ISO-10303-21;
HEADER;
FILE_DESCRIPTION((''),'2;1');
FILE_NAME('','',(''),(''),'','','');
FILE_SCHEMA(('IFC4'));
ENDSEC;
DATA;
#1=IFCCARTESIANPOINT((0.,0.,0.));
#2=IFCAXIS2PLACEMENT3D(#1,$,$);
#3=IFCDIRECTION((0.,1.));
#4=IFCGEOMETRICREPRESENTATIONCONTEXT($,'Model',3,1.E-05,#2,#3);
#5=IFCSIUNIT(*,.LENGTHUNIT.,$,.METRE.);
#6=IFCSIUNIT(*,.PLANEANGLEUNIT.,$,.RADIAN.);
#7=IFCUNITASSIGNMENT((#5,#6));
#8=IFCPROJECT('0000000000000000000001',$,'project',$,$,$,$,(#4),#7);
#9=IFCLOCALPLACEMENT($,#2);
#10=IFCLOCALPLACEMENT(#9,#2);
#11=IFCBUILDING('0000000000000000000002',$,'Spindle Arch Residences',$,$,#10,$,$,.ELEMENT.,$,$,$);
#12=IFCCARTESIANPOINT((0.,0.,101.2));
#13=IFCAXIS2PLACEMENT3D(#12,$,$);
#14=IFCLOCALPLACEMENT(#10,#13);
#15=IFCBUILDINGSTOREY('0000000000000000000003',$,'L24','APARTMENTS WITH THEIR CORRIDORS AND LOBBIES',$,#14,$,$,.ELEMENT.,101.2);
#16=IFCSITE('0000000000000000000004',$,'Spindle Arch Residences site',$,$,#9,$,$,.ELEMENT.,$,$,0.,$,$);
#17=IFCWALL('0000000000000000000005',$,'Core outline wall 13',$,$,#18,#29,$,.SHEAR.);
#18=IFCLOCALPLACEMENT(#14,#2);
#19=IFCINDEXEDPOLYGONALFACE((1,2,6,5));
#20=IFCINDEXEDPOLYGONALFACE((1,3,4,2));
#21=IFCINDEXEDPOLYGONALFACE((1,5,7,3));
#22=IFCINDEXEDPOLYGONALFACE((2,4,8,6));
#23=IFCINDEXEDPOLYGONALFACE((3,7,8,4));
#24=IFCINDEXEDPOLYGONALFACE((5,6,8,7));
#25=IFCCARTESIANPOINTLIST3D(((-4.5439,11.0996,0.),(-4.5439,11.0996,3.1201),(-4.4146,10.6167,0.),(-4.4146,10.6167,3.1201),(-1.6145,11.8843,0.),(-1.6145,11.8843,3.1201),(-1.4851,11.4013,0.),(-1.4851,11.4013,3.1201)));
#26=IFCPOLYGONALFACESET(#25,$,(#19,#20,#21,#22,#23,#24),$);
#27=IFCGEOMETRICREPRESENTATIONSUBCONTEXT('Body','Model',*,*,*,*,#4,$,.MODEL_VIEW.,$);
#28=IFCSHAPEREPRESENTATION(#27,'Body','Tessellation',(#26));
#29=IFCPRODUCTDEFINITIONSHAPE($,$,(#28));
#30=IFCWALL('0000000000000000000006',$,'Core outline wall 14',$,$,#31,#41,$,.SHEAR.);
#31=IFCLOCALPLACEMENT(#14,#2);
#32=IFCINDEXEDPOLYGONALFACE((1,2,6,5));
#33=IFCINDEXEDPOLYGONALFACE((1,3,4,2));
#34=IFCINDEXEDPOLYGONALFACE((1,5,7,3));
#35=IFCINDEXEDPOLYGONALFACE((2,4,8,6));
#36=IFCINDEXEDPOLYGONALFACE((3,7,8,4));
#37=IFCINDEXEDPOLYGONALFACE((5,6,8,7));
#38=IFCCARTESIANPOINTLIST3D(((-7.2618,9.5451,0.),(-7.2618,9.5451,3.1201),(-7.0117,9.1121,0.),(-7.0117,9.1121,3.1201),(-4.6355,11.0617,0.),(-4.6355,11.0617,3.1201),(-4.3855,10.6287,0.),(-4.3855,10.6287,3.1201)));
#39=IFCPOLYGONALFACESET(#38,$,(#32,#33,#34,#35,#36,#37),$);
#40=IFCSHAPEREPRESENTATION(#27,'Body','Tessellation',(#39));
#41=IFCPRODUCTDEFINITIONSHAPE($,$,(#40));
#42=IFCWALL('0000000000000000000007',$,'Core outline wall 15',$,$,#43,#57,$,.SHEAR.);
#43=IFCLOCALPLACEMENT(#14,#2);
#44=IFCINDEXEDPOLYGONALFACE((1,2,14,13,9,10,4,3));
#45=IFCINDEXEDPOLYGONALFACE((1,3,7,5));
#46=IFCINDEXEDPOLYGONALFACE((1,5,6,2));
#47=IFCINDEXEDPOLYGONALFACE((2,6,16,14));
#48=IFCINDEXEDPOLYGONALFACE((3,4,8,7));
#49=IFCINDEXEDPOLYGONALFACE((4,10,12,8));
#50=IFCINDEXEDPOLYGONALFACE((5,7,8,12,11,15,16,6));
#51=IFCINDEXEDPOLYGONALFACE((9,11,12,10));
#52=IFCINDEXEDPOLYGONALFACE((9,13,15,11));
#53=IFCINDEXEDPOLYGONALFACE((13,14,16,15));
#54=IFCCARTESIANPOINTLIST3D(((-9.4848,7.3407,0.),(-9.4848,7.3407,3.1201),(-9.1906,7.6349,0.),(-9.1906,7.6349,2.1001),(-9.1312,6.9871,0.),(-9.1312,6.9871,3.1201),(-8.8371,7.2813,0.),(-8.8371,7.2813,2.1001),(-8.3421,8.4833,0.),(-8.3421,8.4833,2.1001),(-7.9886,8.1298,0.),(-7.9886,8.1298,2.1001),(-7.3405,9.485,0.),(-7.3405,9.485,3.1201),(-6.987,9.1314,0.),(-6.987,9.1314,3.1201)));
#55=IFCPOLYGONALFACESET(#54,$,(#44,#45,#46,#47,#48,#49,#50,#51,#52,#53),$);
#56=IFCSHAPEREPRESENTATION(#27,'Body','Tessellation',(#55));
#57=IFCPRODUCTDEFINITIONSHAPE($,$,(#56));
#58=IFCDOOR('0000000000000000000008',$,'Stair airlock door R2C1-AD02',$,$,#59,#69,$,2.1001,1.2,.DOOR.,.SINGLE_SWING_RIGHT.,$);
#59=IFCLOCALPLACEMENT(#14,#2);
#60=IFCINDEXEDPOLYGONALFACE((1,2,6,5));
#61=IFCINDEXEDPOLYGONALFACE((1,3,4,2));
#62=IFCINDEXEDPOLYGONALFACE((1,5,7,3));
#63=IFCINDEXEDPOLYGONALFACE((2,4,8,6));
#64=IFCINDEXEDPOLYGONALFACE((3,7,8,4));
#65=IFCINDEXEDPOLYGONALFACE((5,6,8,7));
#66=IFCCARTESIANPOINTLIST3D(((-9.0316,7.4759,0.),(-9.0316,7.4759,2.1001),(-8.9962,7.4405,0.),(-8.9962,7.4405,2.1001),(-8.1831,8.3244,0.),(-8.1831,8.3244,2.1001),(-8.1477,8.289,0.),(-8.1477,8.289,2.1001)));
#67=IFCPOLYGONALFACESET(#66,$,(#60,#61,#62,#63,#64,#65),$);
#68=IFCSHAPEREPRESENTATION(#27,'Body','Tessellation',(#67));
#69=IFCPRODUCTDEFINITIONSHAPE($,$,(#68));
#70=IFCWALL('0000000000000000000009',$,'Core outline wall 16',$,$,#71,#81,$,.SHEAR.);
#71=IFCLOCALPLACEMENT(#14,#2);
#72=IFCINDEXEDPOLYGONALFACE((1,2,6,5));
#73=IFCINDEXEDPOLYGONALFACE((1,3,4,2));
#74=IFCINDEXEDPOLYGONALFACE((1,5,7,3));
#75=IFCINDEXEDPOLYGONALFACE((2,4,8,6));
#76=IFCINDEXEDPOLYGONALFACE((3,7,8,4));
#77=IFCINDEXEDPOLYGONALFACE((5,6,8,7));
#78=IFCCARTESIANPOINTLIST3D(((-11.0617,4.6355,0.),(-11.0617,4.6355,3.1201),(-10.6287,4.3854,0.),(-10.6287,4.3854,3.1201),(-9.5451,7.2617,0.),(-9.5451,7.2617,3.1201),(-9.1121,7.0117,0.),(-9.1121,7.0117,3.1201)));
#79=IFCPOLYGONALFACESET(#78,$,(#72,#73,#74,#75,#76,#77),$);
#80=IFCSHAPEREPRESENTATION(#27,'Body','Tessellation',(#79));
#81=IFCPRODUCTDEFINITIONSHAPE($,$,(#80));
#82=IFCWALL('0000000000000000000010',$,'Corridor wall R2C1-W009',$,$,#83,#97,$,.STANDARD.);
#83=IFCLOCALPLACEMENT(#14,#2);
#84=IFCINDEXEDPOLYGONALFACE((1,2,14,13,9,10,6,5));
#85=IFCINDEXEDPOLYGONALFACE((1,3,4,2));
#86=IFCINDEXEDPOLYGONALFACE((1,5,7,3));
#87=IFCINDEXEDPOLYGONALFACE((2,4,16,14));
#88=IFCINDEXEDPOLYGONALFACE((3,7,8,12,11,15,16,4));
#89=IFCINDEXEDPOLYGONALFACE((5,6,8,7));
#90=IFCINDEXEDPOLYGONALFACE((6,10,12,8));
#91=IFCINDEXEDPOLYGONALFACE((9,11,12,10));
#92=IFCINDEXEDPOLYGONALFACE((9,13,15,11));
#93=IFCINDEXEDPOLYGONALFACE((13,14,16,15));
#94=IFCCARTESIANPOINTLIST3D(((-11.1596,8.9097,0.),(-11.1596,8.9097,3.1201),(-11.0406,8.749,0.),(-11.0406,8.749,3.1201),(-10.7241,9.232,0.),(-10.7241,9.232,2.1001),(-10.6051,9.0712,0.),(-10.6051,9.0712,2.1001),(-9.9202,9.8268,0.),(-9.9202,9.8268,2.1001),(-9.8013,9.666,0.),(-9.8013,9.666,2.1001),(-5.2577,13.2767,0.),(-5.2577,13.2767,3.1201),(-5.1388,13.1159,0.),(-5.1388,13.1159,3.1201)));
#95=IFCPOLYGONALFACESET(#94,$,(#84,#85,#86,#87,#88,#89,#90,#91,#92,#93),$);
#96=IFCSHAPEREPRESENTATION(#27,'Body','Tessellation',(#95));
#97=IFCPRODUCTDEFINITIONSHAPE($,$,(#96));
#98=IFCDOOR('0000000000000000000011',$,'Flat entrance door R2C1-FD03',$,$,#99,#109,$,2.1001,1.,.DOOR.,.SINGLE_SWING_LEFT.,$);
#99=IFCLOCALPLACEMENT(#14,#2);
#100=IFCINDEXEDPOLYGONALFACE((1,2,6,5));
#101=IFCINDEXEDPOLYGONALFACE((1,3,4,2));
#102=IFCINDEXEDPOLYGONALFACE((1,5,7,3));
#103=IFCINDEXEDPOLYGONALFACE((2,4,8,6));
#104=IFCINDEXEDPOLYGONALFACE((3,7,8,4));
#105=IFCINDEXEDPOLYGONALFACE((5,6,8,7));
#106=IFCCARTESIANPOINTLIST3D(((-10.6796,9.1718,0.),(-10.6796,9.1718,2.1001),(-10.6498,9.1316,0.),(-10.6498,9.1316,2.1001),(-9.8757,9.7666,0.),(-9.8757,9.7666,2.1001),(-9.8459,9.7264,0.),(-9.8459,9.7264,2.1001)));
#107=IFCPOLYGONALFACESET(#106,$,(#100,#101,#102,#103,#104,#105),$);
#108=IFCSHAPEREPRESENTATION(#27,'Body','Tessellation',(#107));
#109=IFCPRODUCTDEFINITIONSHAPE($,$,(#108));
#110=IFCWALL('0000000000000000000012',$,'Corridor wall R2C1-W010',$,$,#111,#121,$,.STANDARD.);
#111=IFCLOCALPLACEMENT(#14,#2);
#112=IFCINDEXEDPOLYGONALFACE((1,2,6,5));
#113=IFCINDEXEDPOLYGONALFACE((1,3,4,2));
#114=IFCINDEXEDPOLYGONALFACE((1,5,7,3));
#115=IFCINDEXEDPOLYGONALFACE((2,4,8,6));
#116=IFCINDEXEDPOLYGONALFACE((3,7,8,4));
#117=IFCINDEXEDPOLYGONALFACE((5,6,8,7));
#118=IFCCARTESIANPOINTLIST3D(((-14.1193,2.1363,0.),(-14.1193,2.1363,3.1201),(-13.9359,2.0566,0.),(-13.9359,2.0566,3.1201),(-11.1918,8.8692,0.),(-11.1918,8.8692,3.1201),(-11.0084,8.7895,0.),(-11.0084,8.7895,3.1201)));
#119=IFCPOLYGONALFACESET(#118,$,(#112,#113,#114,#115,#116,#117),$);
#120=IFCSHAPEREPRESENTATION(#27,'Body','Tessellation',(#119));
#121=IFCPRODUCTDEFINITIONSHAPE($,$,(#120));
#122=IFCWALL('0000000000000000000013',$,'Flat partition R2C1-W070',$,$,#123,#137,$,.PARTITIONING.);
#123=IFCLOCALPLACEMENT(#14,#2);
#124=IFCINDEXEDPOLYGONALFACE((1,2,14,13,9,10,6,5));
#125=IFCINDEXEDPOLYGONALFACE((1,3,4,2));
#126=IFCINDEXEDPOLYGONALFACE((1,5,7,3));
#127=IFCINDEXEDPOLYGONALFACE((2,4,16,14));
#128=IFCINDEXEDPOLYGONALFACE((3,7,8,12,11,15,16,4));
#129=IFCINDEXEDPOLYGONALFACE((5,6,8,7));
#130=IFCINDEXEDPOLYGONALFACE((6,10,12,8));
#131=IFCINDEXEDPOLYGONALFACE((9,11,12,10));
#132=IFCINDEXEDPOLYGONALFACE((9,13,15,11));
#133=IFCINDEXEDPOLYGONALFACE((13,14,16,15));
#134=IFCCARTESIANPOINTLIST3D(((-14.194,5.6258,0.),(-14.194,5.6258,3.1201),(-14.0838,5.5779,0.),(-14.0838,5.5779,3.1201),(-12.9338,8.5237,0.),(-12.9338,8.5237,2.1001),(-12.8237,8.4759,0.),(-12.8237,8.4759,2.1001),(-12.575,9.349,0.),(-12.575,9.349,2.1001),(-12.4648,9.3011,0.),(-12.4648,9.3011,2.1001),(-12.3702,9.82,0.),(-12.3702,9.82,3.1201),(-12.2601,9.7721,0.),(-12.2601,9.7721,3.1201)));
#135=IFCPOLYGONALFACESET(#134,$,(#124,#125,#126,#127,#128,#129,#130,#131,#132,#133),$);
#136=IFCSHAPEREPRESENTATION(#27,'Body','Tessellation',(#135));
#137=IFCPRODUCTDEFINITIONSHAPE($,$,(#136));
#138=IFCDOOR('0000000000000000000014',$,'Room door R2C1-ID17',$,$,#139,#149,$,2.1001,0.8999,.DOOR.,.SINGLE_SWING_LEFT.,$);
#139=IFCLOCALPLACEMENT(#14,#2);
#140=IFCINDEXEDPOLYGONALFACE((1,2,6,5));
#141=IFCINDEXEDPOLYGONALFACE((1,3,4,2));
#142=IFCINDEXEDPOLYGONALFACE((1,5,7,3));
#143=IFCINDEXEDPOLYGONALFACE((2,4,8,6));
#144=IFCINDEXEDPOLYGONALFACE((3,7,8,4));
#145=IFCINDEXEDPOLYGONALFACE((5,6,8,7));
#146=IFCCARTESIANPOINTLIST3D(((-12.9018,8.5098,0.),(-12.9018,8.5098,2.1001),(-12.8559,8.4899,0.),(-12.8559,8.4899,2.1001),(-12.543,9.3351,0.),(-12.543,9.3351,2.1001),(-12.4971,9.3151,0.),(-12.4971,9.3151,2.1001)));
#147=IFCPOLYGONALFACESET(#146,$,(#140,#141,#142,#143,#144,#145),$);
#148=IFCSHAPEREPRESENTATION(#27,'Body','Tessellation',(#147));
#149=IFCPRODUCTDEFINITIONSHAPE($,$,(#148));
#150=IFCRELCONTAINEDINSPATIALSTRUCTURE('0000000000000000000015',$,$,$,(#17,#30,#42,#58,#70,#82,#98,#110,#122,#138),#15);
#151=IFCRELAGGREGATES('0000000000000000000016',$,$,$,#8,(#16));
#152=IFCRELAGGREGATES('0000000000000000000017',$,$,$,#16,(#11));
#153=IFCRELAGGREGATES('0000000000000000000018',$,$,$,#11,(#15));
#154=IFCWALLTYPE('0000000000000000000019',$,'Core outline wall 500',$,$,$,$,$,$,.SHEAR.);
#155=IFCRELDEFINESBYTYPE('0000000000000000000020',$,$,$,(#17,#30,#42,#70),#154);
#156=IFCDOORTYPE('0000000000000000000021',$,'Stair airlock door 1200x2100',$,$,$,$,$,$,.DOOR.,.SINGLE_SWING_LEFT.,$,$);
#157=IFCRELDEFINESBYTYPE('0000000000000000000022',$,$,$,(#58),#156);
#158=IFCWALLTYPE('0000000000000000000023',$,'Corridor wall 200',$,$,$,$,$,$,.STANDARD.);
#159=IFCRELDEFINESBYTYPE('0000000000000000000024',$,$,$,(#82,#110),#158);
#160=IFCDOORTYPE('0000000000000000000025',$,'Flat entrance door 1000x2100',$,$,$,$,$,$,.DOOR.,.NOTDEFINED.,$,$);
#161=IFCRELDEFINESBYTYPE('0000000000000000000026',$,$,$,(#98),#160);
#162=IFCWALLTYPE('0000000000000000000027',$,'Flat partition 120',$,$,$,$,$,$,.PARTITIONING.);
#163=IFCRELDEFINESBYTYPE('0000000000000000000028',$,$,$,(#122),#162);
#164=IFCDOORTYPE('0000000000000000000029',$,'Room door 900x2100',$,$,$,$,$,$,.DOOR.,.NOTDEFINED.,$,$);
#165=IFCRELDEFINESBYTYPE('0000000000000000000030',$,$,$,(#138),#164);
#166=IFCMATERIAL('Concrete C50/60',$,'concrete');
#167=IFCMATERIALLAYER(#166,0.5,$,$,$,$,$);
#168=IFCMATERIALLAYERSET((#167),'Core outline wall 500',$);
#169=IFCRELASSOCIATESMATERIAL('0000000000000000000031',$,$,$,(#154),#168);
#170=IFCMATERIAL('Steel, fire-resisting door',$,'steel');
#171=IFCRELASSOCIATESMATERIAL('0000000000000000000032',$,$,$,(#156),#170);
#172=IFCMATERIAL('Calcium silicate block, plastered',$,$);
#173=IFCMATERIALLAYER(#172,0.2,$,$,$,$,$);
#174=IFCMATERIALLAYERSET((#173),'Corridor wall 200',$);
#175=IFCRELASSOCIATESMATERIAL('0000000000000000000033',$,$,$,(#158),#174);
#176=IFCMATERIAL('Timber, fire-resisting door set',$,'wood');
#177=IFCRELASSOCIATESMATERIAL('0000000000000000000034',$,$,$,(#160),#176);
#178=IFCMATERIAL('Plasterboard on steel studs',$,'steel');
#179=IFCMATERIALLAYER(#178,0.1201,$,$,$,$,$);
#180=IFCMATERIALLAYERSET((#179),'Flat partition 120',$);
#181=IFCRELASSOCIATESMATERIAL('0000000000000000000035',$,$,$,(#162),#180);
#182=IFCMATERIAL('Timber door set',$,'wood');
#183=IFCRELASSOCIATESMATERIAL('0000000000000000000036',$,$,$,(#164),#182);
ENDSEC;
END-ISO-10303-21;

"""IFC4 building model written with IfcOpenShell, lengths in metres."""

from ifc_helpers import new_model, si_unit, direction, frame, frame_2d, origin, place, context, subcontext, project, spatial, rectangle, extrude, material, layer, layer_set, type_object, element, fill, save


model = new_model("IFC4")

# Units and contexts
model_context = context("Model", 3, precision=1e-05, world=origin(), true_north=direction((0.0, 1.0)))
body_context = subcontext(model_context, "Body", "Model", "MODEL_VIEW")
ifc_project = project(units=[si_unit("LENGTHUNIT", "METRE"), si_unit("PLANEANGLEUNIT", "RADIAN")], contexts=[model_context])

# Site, building, storey
site_placement = place(None, origin())
site = spatial("IfcSite", under=ifc_project, at=site_placement, Name="Spindle Arch Residences site", CompositionType="ELEMENT", RefElevation=0.0)
building_placement = place(site_placement, origin())
building = spatial("IfcBuilding", under=site, at=building_placement, Name="Spindle Arch Residences", CompositionType="ELEMENT")
storey_placement = place(building_placement, frame((0.0, 0.0, 101.2)))
storey = spatial("IfcBuildingStorey", under=building, at=storey_placement, Name="L24", Description="APARTMENTS WITH THEIR CORRIDORS AND LOBBIES", CompositionType="ELEMENT", Elevation=101.2)

# Walls
ifc_material_1 = material(Name="Concrete C50/60", Category="concrete")
ifc_layer_1 = layer(ifc_material_1, 0.5)
ifc_layer_set_1 = layer_set([ifc_layer_1], Name="Core outline wall 500")
wall_type_1 = type_object("IfcWallType", Name="Core outline wall 500", PredefinedType="SHEAR", material=ifc_layer_set_1)
for number, where, z_axis, x_axis, name in (
    (1, (-1.5498, 11.6428, 0.0), (0.0, 0.0, 1.0), (-0.965948, -0.258735, 0.0), "Core outline wall 13"),
    (2, (-4.5105, 10.8452, 0.0), (0.0, 0.0, 1.0), (-0.865975, -0.500087, 0.0), "Core outline wall 14"),
):
    element("IfcWall", number, at=place(storey_placement, frame(where, z_axis=z_axis, x_axis=x_axis)), inside=storey, type_object=wall_type_1, Name=name, PredefinedType="SHEAR", context=body_context, shape_type="SweptSolid", body=[
        extrude(rectangle(XDim=3.0327, YDim=0.5, at=frame_2d((1.5164, 0.0))), origin(), (0.0, 0.0, 1.0), 3.1201),
    ])

# Wall, opening, door
wall_1_placement = place(storey_placement, frame((-7.1638, 9.3081, 0.0), z_axis=(0.0, 0.0, 1.0), x_axis=(-0.707107, -0.707107, 0.0)))
wall_1 = element("IfcWall", 3, at=wall_1_placement, inside=storey, type_object=wall_type_1, Name="Core outline wall 15", PredefinedType="SHEAR", context=body_context, shape_type="SweptSolid", body=[
    extrude(rectangle(XDim=3.0325, YDim=0.5, at=frame_2d((1.5161, 0.0))), origin(), (0.0, 0.0, 1.0), 3.1201),
])
opening_1_placement = place(wall_1_placement, frame((1.4163, 0.0, 0.0)))
opening_1 = element("IfcOpeningElement", 4, at=opening_1_placement, cuts=wall_1, PredefinedType="OPENING", context=body_context, shape_type="SweptSolid", body=[
    extrude(rectangle(XDim=1.2, YDim=2.1001, at=frame_2d((0.6001, 1.05))), frame((0.0, 0.26, 0.0), z_axis=(0.0, -1.0, 0.0), x_axis=(1.0, 0.0, 0.0)), (0.0, 0.0, 1.0), 0.52),
])
ifc_material_2 = material(Name="Steel, fire-resisting door", Category="steel")
door_type_1 = type_object("IfcDoorType", Name="Stair airlock door 1200x2100", OperationType="SINGLE_SWING_LEFT", PredefinedType="DOOR", material=ifc_material_2)
door_1_placement = place(opening_1_placement, origin())
door_1 = element("IfcDoor", 5, at=door_1_placement, inside=storey, type_object=door_type_1, Name="Stair airlock door R2C1-AD02", OperationType="SINGLE_SWING_RIGHT", OverallHeight=2.1001, OverallWidth=1.2, PredefinedType="DOOR", context=body_context, shape_type="SweptSolid", body=[
    extrude(rectangle(XDim=1.2, YDim=2.1001, at=frame_2d((0.6001, 1.05))), frame((0.0, 0.0249, 0.0), z_axis=(0.0, -1.0, 0.0), x_axis=(1.0, 0.0, 0.0)), (0.0, 0.0, 1.0), 0.05),
])
fill(opening_1, door_1)

# Wall
wall_2_placement = place(storey_placement, frame((-9.3286, 7.1367, 0.0), z_axis=(0.0, 0.0, 1.0), x_axis=(-0.500087, -0.865975, 0.0)))
element("IfcWall", 6, at=wall_2_placement, inside=storey, type_object=wall_type_1, Name="Core outline wall 16", PredefinedType="SHEAR", context=body_context, shape_type="SweptSolid", body=[
    extrude(rectangle(XDim=3.0327, YDim=0.5, at=frame_2d((1.5164, 0.0))), origin(), (0.0, 0.0, 1.0), 3.1201),
])

# Wall, opening, door
ifc_material_3 = material(Name="Calcium silicate block, plastered")
ifc_layer_2 = layer(ifc_material_3, 0.2)
ifc_layer_set_2 = layer_set([ifc_layer_2], Name="Corridor wall 200")
wall_type_2 = type_object("IfcWallType", Name="Corridor wall 200", PredefinedType="STANDARD", material=ifc_layer_set_2)
wall_3_placement = place(storey_placement, frame((-5.1982, 13.1963, 0.0), z_axis=(0.0, 0.0, 1.0), x_axis=(-0.80387, -0.594805, 0.0)))
wall_3 = element("IfcWall", 7, at=wall_3_placement, inside=storey, type_object=wall_type_2, Name="Corridor wall R2C1-W009", PredefinedType="STANDARD", context=body_context, shape_type="SweptSolid", body=[
    extrude(rectangle(XDim=7.3418, YDim=0.2, at=frame_2d((3.6709, 0.0))), origin(), (0.0, 0.0, 1.0), 3.1201),
])
opening_2_placement = place(wall_3_placement, frame((5.8, 0.0, 0.0)))
opening_2 = element("IfcOpeningElement", 8, at=opening_2_placement, cuts=wall_3, PredefinedType="OPENING", context=body_context, shape_type="SweptSolid", body=[
    extrude(rectangle(XDim=1.0, YDim=2.1001, at=frame_2d((0.5, 1.05))), frame((0.0, 0.1099, 0.0), z_axis=(0.0, -1.0, 0.0), x_axis=(1.0, 0.0, 0.0)), (0.0, 0.0, 1.0), 0.22),
])
ifc_material_4 = material(Name="Timber, fire-resisting door set", Category="wood")
door_type_2 = type_object("IfcDoorType", Name="Flat entrance door 1000x2100", OperationType="NOTDEFINED", PredefinedType="DOOR", material=ifc_material_4)
door_2_placement = place(opening_2_placement, origin())
door_2 = element("IfcDoor", 9, at=door_2_placement, inside=storey, type_object=door_type_2, Name="Flat entrance door R2C1-FD03", OperationType="SINGLE_SWING_LEFT", OverallHeight=2.1001, OverallWidth=1.0, PredefinedType="DOOR", context=body_context, shape_type="SweptSolid", body=[
    extrude(rectangle(XDim=1.0, YDim=2.1001, at=frame_2d((0.5, 1.05))), frame((0.0, 0.0249, 0.0), z_axis=(0.0, -1.0, 0.0), x_axis=(1.0, 0.0, 0.0)), (0.0, 0.0, 1.0), 0.05),
])
fill(opening_2, door_2)

# Wall
wall_4_placement = place(storey_placement, frame((-11.1001, 8.8293, 0.0), z_axis=(0.0, 0.0, 1.0), x_axis=(-0.398742, -0.917063, 0.0)))
element("IfcWall", 10, at=wall_4_placement, inside=storey, type_object=wall_type_2, Name="Corridor wall R2C1-W010", PredefinedType="STANDARD", context=body_context, shape_type="SweptSolid", body=[
    extrude(rectangle(XDim=7.3418, YDim=0.2, at=frame_2d((3.6709, 0.0))), origin(), (0.0, 0.0, 1.0), 3.1201),
])

# Wall, opening, door
ifc_material_5 = material(Name="Plasterboard on steel studs", Category="steel")
ifc_layer_3 = layer(ifc_material_5, 0.1201)
ifc_layer_set_3 = layer_set([ifc_layer_3], Name="Flat partition 120")
wall_type_3 = type_object("IfcWallType", Name="Flat partition 120", PredefinedType="PARTITIONING", material=ifc_layer_set_3)
wall_5_placement = place(storey_placement, frame((-12.3152, 9.7959, 0.0), z_axis=(0.0, 0.0, 1.0), x_axis=(-0.398765, -0.917053, 0.0)))
wall_5 = element("IfcWall", 11, at=wall_5_placement, inside=storey, type_object=wall_type_3, Name="Flat partition R2C1-W070", PredefinedType="PARTITIONING", context=body_context, shape_type="SweptSolid", body=[
    extrude(rectangle(XDim=4.5735, YDim=0.1201, at=frame_2d((2.2866, 0.0))), origin(), (0.0, 0.0, 1.0), 3.1201),
])
opening_3_placement = place(wall_5_placement, frame((0.5134, 0.0, 0.0)))
opening_3 = element("IfcOpeningElement", 12, at=opening_3_placement, cuts=wall_5, PredefinedType="OPENING", context=body_context, shape_type="SweptSolid", body=[
    extrude(rectangle(XDim=0.8999, YDim=2.1001, at=frame_2d((0.45, 1.05))), frame((0.0, 0.0701, 0.0), z_axis=(0.0, -1.0, 0.0), x_axis=(1.0, 0.0, 0.0)), (0.0, 0.0, 1.0), 0.1401),
])
ifc_material_6 = material(Name="Timber door set", Category="wood")
door_type_3 = type_object("IfcDoorType", Name="Room door 900x2100", OperationType="NOTDEFINED", PredefinedType="DOOR", material=ifc_material_6)
door_3_placement = place(opening_3_placement, origin())
door_3 = element("IfcDoor", 13, at=door_3_placement, inside=storey, type_object=door_type_3, Name="Room door R2C1-ID17", OperationType="SINGLE_SWING_LEFT", OverallHeight=2.1001, OverallWidth=0.8999, PredefinedType="DOOR", context=body_context, shape_type="SweptSolid", body=[
    extrude(rectangle(XDim=0.8999, YDim=2.1001, at=frame_2d((0.45, 1.05))), frame((0.0, 0.0249, 0.0), z_axis=(0.0, -1.0, 0.0), x_axis=(1.0, 0.0, 0.0)), (0.0, 0.0, 1.0), 0.05),
])
fill(opening_3, door_3)

save(model, "model.ifc")
